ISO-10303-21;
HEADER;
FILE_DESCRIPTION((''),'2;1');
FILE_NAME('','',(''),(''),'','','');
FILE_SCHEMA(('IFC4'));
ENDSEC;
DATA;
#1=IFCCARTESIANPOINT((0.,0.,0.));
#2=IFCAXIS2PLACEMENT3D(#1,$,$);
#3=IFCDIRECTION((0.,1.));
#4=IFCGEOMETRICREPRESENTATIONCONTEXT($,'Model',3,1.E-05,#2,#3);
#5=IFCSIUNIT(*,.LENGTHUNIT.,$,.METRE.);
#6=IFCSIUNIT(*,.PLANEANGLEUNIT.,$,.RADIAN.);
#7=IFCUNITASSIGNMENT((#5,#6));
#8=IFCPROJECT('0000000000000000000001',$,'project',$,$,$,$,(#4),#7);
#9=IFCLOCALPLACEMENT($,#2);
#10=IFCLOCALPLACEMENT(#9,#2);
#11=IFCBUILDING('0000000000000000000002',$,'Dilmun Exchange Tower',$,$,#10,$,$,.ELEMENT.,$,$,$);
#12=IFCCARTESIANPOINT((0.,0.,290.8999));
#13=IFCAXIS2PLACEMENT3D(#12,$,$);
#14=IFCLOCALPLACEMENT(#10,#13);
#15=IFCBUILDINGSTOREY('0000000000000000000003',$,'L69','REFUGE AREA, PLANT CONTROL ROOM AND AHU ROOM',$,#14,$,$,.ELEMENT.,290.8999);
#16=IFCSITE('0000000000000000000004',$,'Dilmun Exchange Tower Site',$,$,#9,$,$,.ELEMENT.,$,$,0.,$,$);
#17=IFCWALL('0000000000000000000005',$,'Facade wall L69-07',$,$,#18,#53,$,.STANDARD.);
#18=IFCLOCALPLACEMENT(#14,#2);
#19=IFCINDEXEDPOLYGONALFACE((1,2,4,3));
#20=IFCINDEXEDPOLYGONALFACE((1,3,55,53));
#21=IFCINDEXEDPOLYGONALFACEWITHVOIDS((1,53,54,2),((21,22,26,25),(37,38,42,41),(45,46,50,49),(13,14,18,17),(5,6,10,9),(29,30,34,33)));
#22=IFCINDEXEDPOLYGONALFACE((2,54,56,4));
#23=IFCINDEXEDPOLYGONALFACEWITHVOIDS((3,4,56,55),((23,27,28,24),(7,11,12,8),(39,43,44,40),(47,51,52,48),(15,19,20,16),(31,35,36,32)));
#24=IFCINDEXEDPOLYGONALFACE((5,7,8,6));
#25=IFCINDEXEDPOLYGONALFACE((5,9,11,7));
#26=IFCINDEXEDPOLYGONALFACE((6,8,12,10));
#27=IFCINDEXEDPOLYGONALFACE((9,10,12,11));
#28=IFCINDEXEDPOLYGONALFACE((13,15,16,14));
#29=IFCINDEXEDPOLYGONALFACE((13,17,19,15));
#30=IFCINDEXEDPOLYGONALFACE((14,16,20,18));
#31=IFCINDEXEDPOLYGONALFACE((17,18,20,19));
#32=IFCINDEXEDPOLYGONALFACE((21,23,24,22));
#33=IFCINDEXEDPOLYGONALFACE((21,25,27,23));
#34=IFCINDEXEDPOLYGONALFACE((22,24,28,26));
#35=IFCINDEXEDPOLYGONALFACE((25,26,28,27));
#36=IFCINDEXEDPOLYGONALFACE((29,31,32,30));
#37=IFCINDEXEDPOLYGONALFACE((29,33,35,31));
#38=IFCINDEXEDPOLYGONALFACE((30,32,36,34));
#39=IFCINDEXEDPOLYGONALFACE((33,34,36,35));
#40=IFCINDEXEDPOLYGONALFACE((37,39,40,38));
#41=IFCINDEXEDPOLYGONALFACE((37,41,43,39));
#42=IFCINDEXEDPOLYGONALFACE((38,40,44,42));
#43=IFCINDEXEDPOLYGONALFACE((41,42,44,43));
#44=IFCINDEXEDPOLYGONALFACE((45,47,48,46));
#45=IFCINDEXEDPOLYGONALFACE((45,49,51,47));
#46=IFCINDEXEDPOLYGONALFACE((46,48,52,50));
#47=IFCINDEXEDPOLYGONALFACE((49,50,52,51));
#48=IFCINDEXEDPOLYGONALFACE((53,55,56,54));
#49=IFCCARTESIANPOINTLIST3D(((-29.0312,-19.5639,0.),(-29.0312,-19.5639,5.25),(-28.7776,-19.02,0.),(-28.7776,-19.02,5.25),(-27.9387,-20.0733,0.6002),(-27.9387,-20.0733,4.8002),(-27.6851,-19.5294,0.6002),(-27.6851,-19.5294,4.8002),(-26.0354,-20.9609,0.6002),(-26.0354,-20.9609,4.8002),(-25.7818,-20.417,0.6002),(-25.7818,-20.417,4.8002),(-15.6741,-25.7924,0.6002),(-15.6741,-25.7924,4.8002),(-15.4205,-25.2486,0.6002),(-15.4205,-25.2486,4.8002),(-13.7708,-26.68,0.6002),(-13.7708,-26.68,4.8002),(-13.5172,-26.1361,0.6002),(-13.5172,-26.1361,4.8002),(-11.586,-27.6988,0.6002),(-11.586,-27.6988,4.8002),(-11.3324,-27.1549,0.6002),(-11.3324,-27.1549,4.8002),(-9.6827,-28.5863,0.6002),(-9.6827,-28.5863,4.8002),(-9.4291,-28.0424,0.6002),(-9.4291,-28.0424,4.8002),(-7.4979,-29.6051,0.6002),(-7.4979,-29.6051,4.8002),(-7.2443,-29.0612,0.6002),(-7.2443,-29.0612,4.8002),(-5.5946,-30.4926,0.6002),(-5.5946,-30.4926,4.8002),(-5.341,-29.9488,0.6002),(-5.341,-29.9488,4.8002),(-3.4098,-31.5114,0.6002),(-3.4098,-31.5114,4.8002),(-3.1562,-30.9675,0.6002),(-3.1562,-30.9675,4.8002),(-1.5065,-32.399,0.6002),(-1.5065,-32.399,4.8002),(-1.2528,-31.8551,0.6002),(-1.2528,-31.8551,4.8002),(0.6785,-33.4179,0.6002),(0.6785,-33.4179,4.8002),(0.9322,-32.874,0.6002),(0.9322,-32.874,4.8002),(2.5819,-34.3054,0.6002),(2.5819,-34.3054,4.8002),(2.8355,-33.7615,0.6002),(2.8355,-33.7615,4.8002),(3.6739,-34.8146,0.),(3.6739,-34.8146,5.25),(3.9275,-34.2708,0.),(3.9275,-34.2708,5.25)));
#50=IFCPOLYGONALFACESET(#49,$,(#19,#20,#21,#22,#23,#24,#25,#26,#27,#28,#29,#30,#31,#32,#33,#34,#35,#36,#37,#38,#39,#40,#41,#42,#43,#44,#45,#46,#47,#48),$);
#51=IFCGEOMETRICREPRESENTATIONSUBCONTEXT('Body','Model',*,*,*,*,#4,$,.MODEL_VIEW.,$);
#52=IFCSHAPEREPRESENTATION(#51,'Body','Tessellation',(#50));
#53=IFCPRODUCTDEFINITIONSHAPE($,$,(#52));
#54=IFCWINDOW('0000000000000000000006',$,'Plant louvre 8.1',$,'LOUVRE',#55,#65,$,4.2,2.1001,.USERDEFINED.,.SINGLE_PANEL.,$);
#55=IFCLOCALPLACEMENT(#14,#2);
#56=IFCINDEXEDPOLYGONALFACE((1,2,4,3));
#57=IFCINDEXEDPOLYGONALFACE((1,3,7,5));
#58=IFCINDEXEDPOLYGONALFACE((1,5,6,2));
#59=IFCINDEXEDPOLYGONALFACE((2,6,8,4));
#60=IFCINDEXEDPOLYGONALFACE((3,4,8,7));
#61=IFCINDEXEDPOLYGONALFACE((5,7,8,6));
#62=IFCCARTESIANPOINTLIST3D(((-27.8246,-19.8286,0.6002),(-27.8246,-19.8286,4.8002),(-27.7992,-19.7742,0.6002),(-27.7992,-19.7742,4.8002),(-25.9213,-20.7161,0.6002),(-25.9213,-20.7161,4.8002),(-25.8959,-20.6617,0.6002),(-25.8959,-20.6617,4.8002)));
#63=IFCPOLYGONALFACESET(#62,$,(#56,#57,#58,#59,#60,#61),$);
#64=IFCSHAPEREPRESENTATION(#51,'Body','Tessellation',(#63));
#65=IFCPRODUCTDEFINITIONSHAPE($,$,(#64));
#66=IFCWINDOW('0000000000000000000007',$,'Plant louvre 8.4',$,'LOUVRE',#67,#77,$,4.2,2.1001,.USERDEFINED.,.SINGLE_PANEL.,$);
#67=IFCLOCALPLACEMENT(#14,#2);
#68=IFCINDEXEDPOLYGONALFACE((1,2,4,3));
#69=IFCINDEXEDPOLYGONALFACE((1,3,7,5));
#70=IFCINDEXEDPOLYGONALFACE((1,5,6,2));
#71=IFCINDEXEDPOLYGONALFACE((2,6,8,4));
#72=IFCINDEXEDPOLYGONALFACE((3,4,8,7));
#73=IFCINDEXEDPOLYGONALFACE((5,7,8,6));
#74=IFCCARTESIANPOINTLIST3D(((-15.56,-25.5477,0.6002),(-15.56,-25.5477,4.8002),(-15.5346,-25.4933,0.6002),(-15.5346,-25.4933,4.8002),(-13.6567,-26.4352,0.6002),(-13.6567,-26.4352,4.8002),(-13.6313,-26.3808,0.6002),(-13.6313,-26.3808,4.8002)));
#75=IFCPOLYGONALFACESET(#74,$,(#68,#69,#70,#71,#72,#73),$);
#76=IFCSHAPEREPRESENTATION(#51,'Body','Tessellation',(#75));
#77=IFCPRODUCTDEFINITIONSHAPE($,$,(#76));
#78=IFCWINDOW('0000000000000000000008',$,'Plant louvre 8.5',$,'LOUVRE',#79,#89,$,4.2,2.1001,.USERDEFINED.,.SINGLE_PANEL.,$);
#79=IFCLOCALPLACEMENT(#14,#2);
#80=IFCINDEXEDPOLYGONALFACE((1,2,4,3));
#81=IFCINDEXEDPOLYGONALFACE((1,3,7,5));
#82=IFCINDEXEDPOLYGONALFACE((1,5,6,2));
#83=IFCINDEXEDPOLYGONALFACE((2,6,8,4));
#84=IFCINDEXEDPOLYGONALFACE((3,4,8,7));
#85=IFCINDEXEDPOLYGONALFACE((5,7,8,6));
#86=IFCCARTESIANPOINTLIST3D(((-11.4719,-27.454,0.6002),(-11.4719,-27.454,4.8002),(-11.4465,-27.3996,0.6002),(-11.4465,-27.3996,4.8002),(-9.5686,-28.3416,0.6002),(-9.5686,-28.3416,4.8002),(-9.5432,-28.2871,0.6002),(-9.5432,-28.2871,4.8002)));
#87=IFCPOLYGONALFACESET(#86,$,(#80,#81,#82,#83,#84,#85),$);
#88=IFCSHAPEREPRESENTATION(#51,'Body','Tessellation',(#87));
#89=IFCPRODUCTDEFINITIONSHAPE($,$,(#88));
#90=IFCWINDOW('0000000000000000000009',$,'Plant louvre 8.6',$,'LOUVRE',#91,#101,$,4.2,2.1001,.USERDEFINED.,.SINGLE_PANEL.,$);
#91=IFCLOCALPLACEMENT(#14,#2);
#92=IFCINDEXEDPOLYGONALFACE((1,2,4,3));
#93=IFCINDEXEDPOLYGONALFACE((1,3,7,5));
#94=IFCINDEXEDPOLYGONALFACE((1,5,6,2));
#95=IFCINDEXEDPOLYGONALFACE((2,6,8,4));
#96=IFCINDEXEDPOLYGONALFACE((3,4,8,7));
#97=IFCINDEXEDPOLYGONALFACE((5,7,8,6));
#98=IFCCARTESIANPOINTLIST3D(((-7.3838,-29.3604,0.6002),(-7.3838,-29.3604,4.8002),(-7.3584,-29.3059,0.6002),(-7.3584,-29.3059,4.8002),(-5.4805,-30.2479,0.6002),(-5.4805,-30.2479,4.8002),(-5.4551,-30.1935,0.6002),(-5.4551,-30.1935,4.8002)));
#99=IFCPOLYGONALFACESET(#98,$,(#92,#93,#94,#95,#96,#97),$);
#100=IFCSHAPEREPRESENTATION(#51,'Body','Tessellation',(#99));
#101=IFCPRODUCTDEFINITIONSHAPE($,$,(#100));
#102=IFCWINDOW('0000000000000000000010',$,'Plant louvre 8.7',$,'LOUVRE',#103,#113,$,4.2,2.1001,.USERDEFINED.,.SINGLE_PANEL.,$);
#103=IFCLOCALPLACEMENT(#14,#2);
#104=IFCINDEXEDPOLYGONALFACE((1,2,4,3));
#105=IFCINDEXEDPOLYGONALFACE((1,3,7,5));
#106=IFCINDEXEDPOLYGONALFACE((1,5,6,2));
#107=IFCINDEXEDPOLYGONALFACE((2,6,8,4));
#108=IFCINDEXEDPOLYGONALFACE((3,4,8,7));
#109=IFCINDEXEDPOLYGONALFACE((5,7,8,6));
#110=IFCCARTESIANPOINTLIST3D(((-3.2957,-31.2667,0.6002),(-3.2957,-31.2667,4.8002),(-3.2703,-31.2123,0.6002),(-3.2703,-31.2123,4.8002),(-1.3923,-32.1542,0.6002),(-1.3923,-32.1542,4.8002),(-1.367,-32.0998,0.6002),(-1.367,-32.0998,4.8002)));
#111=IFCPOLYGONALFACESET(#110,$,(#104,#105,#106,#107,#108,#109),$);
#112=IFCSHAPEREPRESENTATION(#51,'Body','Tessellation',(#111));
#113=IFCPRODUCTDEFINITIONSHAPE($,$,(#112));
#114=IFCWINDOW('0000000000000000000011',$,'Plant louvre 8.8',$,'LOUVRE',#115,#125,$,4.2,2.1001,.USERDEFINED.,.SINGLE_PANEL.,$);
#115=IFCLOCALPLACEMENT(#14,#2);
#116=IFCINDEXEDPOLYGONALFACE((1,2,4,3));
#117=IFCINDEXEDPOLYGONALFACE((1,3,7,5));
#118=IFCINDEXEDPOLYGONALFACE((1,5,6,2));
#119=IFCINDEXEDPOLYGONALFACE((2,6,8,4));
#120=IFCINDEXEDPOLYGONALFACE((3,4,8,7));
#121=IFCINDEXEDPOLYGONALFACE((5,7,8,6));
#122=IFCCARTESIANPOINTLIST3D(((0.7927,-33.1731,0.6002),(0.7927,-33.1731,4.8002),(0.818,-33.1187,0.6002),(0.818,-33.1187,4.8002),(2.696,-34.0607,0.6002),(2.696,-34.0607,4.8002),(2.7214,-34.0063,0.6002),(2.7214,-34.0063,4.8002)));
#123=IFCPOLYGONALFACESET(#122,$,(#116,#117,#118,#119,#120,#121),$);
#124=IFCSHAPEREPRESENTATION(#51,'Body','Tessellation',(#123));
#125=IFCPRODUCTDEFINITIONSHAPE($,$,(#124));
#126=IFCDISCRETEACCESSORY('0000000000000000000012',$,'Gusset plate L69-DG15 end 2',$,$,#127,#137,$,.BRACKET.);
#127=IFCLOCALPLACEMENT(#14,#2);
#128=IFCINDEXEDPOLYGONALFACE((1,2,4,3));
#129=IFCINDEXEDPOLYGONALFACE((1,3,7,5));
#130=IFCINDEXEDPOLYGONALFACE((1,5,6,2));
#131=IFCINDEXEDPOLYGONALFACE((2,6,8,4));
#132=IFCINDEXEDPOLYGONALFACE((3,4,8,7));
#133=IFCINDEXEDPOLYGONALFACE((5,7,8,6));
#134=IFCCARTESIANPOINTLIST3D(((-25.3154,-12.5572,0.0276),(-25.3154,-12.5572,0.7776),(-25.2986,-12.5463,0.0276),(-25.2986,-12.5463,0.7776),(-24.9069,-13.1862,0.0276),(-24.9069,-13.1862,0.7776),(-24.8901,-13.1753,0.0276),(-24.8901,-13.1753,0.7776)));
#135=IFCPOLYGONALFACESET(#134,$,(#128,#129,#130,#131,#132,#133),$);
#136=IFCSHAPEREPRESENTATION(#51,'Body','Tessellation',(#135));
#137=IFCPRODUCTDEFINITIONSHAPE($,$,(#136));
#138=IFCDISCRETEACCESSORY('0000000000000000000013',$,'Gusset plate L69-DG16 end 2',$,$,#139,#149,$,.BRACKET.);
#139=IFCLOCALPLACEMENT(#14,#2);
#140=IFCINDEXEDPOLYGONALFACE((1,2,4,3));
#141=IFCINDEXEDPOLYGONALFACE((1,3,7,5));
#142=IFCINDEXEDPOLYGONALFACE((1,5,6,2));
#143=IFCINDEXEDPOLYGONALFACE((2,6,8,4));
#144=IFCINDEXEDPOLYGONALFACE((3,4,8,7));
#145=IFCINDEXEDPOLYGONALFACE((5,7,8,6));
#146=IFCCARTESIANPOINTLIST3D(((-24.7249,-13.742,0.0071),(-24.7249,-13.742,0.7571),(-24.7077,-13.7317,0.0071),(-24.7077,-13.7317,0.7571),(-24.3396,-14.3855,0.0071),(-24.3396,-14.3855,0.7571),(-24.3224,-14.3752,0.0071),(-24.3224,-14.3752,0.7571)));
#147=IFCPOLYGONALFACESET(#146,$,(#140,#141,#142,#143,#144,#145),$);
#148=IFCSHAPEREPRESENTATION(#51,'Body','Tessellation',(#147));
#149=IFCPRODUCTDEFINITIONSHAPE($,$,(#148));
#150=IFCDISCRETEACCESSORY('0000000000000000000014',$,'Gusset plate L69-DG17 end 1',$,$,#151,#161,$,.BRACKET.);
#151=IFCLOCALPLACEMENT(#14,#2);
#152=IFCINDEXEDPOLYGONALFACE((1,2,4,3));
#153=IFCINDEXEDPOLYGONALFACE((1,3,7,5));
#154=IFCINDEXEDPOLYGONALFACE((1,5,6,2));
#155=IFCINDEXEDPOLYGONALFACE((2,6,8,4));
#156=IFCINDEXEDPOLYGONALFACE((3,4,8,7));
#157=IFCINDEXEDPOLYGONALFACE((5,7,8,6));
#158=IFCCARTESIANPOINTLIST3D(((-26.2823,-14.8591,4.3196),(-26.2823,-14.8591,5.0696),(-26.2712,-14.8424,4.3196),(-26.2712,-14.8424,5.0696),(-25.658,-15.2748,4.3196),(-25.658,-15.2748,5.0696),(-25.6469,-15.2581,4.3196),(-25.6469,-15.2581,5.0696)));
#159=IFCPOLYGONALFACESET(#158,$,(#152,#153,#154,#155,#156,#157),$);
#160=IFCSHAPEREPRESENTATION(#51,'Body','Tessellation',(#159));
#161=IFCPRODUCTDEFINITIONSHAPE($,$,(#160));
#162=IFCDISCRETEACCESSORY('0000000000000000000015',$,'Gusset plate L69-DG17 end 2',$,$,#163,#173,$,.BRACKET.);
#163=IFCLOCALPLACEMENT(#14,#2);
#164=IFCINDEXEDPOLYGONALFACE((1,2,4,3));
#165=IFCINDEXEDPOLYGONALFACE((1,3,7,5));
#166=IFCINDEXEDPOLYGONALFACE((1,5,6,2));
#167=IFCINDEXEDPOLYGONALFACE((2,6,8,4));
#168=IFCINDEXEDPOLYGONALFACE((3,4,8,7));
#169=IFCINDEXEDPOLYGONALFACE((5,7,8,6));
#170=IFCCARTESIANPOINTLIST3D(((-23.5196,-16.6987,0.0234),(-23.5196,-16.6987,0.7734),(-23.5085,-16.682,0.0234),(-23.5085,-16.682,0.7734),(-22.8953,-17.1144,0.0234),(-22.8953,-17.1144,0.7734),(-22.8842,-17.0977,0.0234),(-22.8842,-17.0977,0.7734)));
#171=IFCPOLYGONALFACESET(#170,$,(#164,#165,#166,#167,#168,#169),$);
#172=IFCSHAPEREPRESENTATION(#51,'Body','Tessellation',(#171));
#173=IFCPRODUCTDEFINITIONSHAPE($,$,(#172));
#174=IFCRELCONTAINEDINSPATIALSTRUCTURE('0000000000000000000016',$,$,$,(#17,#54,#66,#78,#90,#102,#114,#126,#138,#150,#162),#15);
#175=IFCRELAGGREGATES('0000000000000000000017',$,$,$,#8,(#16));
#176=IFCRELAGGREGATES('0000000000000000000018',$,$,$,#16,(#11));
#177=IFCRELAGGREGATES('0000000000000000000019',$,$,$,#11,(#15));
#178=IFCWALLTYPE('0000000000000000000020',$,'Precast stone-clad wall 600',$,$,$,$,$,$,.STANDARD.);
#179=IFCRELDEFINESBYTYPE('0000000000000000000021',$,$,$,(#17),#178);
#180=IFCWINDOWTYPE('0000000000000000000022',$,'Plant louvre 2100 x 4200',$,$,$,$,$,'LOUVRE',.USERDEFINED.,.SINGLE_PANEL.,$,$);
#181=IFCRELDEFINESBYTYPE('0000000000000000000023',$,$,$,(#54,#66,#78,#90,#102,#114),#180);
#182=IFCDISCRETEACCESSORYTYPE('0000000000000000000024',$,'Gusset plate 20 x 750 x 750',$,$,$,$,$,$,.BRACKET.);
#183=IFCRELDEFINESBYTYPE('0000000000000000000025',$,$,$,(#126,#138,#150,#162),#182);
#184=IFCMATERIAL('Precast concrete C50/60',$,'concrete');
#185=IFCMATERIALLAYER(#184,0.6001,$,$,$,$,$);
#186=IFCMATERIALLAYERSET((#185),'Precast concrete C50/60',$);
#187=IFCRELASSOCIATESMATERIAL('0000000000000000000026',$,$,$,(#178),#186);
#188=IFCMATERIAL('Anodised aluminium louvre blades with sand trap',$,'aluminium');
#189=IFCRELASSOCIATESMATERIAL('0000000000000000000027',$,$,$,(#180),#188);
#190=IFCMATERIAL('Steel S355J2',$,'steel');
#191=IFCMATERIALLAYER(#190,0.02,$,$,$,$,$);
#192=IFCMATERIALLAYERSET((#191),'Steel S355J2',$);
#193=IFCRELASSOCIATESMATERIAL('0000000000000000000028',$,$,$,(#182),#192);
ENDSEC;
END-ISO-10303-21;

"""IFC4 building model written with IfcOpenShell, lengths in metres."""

from ifc_helpers import new_model, si_unit, direction, frame, frame_2d, origin, origin_2d, place, context, subcontext, project, spatial, rectangle, extrude, material, layer, layer_set, type_object, element, fill, save


model = new_model("IFC4")

# Units and contexts
model_context = context("Model", 3, precision=1e-05, world=origin(), true_north=direction((0.0, 1.0)))
body_context = subcontext(model_context, "Body", "Model", "MODEL_VIEW")
ifc_project = project(units=[si_unit("LENGTHUNIT", "METRE"), si_unit("PLANEANGLEUNIT", "RADIAN")], contexts=[model_context])

# Site, building, storey
site_placement = place(None, origin())
site = spatial("IfcSite", under=ifc_project, at=site_placement, Name="Dilmun Exchange Tower Site", CompositionType="ELEMENT", RefElevation=0.0)
building_placement = place(site_placement, origin())
building = spatial("IfcBuilding", under=site, at=building_placement, Name="Dilmun Exchange Tower", CompositionType="ELEMENT")
storey_placement = place(building_placement, frame((0.0, 0.0, 290.8999)))
storey = spatial("IfcBuildingStorey", under=building, at=storey_placement, Name="L69", Description="REFUGE AREA, PLANT CONTROL ROOM AND AHU ROOM", CompositionType="ELEMENT", Elevation=290.8999)

# Shared definitions
ifc_material_1 = material(Name="Precast concrete C50/60", Category="concrete")
ifc_layer_1 = layer(ifc_material_1, 0.6001)
ifc_layer_set_1 = layer_set([ifc_layer_1], Name="Precast concrete C50/60")
wall_type_1 = type_object("IfcWallType", Name="Precast stone-clad wall 600", PredefinedType="STANDARD", material=ifc_layer_set_1)

# Shared definitions
ifc_material_2 = material(Name="Anodised aluminium louvre blades with sand trap", Category="aluminium")

# Wall, openings, windows
wall_1_placement = place(storey_placement, frame((-28.9043, -19.292, 0.0), z_axis=(0.0, 0.0, 1.0), x_axis=(0.906307, -0.422621, 0.0)))
wall_1 = element("IfcWall", 1, at=wall_1_placement, inside=storey, type_object=wall_type_1, Name="Facade wall L69-07", PredefinedType="STANDARD", context=body_context, shape_type="SweptSolid", body=[
    extrude(rectangle(XDim=36.0862, YDim=0.6001, at=frame_2d((18.043, 0.0))), origin(), (0.0, 0.0, 1.0), 5.25),
])
opening_1_placement = place(wall_1_placement, frame((1.2053, 0.0, 0.6001)))
opening_1 = element("IfcOpeningElement", 2, at=opening_1_placement, cuts=wall_1, PredefinedType="OPENING", context=body_context, shape_type="SweptSolid", body=[
    extrude(rectangle(XDim=2.1001, YDim=4.2, at=frame_2d((1.05, 2.1001))), frame((0.0, 0.3101, 0.0), z_axis=(0.0, -1.0, 0.0), x_axis=(1.0, 0.0, 0.0)), (0.0, 0.0, 1.0), 0.6201),
])
opening_2_placement = place(wall_1_placement, frame((14.7378, 0.0, 0.6001)))
opening_2 = element("IfcOpeningElement", 3, at=opening_2_placement, cuts=wall_1, PredefinedType="OPENING", context=body_context, shape_type="SweptSolid", body=[
    extrude(rectangle(XDim=2.1001, YDim=4.2, at=frame_2d((1.05, 2.1001))), frame((0.0, 0.3101, 0.0), z_axis=(0.0, -1.0, 0.0), x_axis=(1.0, 0.0, 0.0)), (0.0, 0.0, 1.0), 0.6201),
])
opening_3_placement = place(wall_1_placement, frame((19.2485, 0.0, 0.6001)))
opening_3 = element("IfcOpeningElement", 4, at=opening_3_placement, cuts=wall_1, PredefinedType="OPENING", context=body_context, shape_type="SweptSolid", body=[
    extrude(rectangle(XDim=2.1001, YDim=4.2, at=frame_2d((1.05, 2.1001))), frame((0.0, 0.3101, 0.0), z_axis=(0.0, -1.0, 0.0), x_axis=(1.0, 0.0, 0.0)), (0.0, 0.0, 1.0), 0.6201),
])
opening_4_placement = place(wall_1_placement, frame((23.7593, 0.0, 0.6001)))
opening_4 = element("IfcOpeningElement", 5, at=opening_4_placement, cuts=wall_1, PredefinedType="OPENING", context=body_context, shape_type="SweptSolid", body=[
    extrude(rectangle(XDim=2.1001, YDim=4.2, at=frame_2d((1.05, 2.1001))), frame((0.0, 0.3101, 0.0), z_axis=(0.0, -1.0, 0.0), x_axis=(1.0, 0.0, 0.0)), (0.0, 0.0, 1.0), 0.6201),
])
opening_5_placement = place(wall_1_placement, frame((28.27, 0.0, 0.6001)))
opening_5 = element("IfcOpeningElement", 6, at=opening_5_placement, cuts=wall_1, PredefinedType="OPENING", context=body_context, shape_type="SweptSolid", body=[
    extrude(rectangle(XDim=2.1001, YDim=4.2, at=frame_2d((1.05, 2.1001))), frame((0.0, 0.3101, 0.0), z_axis=(0.0, -1.0, 0.0), x_axis=(1.0, 0.0, 0.0)), (0.0, 0.0, 1.0), 0.6201),
])
opening_6_placement = place(wall_1_placement, frame((32.781, 0.0, 0.6001)))
opening_6 = element("IfcOpeningElement", 7, at=opening_6_placement, cuts=wall_1, PredefinedType="OPENING", context=body_context, shape_type="SweptSolid", body=[
    extrude(rectangle(XDim=2.1001, YDim=4.2, at=frame_2d((1.05, 2.1001))), frame((0.0, 0.3101, 0.0), z_axis=(0.0, -1.0, 0.0), x_axis=(1.0, 0.0, 0.0)), (0.0, 0.0, 1.0), 0.6201),
])
window_type_1 = type_object("IfcWindowType", Name="Plant louvre 2100 x 4200", ElementType="LOUVRE", PartitioningType="SINGLE_PANEL", PredefinedType="USERDEFINED", material=ifc_material_2)
window_1_placement = place(opening_1_placement, origin())
window_1 = element("IfcWindow", 8, at=window_1_placement, inside=storey, type_object=window_type_1, Name="Plant louvre 8.1", ObjectType="LOUVRE", OverallHeight=4.2, OverallWidth=2.1001, PartitioningType="SINGLE_PANEL", PredefinedType="USERDEFINED", context=body_context, shape_type="SweptSolid", body=[
    extrude(rectangle(XDim=2.1001, YDim=4.2, at=frame_2d((1.05, 2.1001))), frame((0.0, 0.03, 0.0), z_axis=(0.0, -1.0, 0.0), x_axis=(1.0, 0.0, 0.0)), (0.0, 0.0, 1.0), 0.0601),
])
fill(opening_1, window_1)
window_2_placement = place(opening_2_placement, origin())
window_2 = element("IfcWindow", 9, at=window_2_placement, inside=storey, type_object=window_type_1, Name="Plant louvre 8.4", ObjectType="LOUVRE", OverallHeight=4.2, OverallWidth=2.1001, PartitioningType="SINGLE_PANEL", PredefinedType="USERDEFINED", context=body_context, shape_type="SweptSolid", body=[
    extrude(rectangle(XDim=2.1001, YDim=4.2, at=frame_2d((1.05, 2.1001))), frame((0.0, 0.03, 0.0), z_axis=(0.0, -1.0, 0.0), x_axis=(1.0, 0.0, 0.0)), (0.0, 0.0, 1.0), 0.0601),
])
fill(opening_2, window_2)
window_3_placement = place(opening_3_placement, origin())
window_3 = element("IfcWindow", 10, at=window_3_placement, inside=storey, type_object=window_type_1, Name="Plant louvre 8.5", ObjectType="LOUVRE", OverallHeight=4.2, OverallWidth=2.1001, PartitioningType="SINGLE_PANEL", PredefinedType="USERDEFINED", context=body_context, shape_type="SweptSolid", body=[
    extrude(rectangle(XDim=2.1001, YDim=4.2, at=frame_2d((1.05, 2.1001))), frame((0.0, 0.03, 0.0), z_axis=(0.0, -1.0, 0.0), x_axis=(1.0, 0.0, 0.0)), (0.0, 0.0, 1.0), 0.0601),
])
fill(opening_3, window_3)
window_4_placement = place(opening_4_placement, origin())
window_4 = element("IfcWindow", 11, at=window_4_placement, inside=storey, type_object=window_type_1, Name="Plant louvre 8.6", ObjectType="LOUVRE", OverallHeight=4.2, OverallWidth=2.1001, PartitioningType="SINGLE_PANEL", PredefinedType="USERDEFINED", context=body_context, shape_type="SweptSolid", body=[
    extrude(rectangle(XDim=2.1001, YDim=4.2, at=frame_2d((1.05, 2.1001))), frame((0.0, 0.03, 0.0), z_axis=(0.0, -1.0, 0.0), x_axis=(1.0, 0.0, 0.0)), (0.0, 0.0, 1.0), 0.0601),
])
fill(opening_4, window_4)
window_5_placement = place(opening_5_placement, origin())
window_5 = element("IfcWindow", 12, at=window_5_placement, inside=storey, type_object=window_type_1, Name="Plant louvre 8.7", ObjectType="LOUVRE", OverallHeight=4.2, OverallWidth=2.1001, PartitioningType="SINGLE_PANEL", PredefinedType="USERDEFINED", context=body_context, shape_type="SweptSolid", body=[
    extrude(rectangle(XDim=2.1001, YDim=4.2, at=frame_2d((1.05, 2.1001))), frame((0.0, 0.03, 0.0), z_axis=(0.0, -1.0, 0.0), x_axis=(1.0, 0.0, 0.0)), (0.0, 0.0, 1.0), 0.0601),
])
fill(opening_5, window_5)
window_6_placement = place(opening_6_placement, origin())
window_6 = element("IfcWindow", 13, at=window_6_placement, inside=storey, type_object=window_type_1, Name="Plant louvre 8.8", ObjectType="LOUVRE", OverallHeight=4.2, OverallWidth=2.1001, PartitioningType="SINGLE_PANEL", PredefinedType="USERDEFINED", context=body_context, shape_type="SweptSolid", body=[
    extrude(rectangle(XDim=2.1001, YDim=4.2, at=frame_2d((1.05, 2.1001))), frame((0.0, 0.03, 0.0), z_axis=(0.0, -1.0, 0.0), x_axis=(1.0, 0.0, 0.0)), (0.0, 0.0, 1.0), 0.0601),
])
fill(opening_6, window_6)

# Discrete accessories
ifc_material_3 = material(Name="Steel S355J2", Category="steel")
ifc_layer_2 = layer(ifc_material_3, 0.02)
ifc_layer_set_2 = layer_set([ifc_layer_2], Name="Steel S355J2")
discrete_accessory_type = type_object("IfcDiscreteAccessoryType", Name="Gusset plate 20 x 750 x 750", PredefinedType="BRACKET", material=ifc_layer_set_2)
for number, where, z_axis, x_axis, name in (
    (14, (-25.1028, -12.8662, 0.0276), (0.0, 0.0, 1.0), (0.544671, -0.83865, 0.0), "Gusset plate L69-DG15 end 2"),
    (15, (-24.5237, -14.0586, 0.0071), (0.0, 0.0, 1.0), (0.513727, -0.857954, 0.0), "Gusset plate L69-DG16 end 2"),
    (16, (-25.9646, -15.0586, 4.3196), (0.0, 0.0, 1.0), (0.832345, -0.554258, 0.0), "Gusset plate L69-DG17 end 1"),
    (17, (-23.2019, -16.8982, 0.0234), (0.0, 0.0, 1.0), (0.832345, -0.554258, 0.0), "Gusset plate L69-DG17 end 2"),
):
    element("IfcDiscreteAccessory", number, at=place(storey_placement, frame(where, z_axis=z_axis, x_axis=x_axis)), inside=storey, type_object=discrete_accessory_type, Name=name, PredefinedType="BRACKET", context=body_context, shape_type="SweptSolid", body=[
        extrude(rectangle(XDim=0.75, YDim=0.02, at=origin_2d()), origin(), (0.0, 0.0, 1.0), 0.75),
    ])

save(model, "model.ifc")
